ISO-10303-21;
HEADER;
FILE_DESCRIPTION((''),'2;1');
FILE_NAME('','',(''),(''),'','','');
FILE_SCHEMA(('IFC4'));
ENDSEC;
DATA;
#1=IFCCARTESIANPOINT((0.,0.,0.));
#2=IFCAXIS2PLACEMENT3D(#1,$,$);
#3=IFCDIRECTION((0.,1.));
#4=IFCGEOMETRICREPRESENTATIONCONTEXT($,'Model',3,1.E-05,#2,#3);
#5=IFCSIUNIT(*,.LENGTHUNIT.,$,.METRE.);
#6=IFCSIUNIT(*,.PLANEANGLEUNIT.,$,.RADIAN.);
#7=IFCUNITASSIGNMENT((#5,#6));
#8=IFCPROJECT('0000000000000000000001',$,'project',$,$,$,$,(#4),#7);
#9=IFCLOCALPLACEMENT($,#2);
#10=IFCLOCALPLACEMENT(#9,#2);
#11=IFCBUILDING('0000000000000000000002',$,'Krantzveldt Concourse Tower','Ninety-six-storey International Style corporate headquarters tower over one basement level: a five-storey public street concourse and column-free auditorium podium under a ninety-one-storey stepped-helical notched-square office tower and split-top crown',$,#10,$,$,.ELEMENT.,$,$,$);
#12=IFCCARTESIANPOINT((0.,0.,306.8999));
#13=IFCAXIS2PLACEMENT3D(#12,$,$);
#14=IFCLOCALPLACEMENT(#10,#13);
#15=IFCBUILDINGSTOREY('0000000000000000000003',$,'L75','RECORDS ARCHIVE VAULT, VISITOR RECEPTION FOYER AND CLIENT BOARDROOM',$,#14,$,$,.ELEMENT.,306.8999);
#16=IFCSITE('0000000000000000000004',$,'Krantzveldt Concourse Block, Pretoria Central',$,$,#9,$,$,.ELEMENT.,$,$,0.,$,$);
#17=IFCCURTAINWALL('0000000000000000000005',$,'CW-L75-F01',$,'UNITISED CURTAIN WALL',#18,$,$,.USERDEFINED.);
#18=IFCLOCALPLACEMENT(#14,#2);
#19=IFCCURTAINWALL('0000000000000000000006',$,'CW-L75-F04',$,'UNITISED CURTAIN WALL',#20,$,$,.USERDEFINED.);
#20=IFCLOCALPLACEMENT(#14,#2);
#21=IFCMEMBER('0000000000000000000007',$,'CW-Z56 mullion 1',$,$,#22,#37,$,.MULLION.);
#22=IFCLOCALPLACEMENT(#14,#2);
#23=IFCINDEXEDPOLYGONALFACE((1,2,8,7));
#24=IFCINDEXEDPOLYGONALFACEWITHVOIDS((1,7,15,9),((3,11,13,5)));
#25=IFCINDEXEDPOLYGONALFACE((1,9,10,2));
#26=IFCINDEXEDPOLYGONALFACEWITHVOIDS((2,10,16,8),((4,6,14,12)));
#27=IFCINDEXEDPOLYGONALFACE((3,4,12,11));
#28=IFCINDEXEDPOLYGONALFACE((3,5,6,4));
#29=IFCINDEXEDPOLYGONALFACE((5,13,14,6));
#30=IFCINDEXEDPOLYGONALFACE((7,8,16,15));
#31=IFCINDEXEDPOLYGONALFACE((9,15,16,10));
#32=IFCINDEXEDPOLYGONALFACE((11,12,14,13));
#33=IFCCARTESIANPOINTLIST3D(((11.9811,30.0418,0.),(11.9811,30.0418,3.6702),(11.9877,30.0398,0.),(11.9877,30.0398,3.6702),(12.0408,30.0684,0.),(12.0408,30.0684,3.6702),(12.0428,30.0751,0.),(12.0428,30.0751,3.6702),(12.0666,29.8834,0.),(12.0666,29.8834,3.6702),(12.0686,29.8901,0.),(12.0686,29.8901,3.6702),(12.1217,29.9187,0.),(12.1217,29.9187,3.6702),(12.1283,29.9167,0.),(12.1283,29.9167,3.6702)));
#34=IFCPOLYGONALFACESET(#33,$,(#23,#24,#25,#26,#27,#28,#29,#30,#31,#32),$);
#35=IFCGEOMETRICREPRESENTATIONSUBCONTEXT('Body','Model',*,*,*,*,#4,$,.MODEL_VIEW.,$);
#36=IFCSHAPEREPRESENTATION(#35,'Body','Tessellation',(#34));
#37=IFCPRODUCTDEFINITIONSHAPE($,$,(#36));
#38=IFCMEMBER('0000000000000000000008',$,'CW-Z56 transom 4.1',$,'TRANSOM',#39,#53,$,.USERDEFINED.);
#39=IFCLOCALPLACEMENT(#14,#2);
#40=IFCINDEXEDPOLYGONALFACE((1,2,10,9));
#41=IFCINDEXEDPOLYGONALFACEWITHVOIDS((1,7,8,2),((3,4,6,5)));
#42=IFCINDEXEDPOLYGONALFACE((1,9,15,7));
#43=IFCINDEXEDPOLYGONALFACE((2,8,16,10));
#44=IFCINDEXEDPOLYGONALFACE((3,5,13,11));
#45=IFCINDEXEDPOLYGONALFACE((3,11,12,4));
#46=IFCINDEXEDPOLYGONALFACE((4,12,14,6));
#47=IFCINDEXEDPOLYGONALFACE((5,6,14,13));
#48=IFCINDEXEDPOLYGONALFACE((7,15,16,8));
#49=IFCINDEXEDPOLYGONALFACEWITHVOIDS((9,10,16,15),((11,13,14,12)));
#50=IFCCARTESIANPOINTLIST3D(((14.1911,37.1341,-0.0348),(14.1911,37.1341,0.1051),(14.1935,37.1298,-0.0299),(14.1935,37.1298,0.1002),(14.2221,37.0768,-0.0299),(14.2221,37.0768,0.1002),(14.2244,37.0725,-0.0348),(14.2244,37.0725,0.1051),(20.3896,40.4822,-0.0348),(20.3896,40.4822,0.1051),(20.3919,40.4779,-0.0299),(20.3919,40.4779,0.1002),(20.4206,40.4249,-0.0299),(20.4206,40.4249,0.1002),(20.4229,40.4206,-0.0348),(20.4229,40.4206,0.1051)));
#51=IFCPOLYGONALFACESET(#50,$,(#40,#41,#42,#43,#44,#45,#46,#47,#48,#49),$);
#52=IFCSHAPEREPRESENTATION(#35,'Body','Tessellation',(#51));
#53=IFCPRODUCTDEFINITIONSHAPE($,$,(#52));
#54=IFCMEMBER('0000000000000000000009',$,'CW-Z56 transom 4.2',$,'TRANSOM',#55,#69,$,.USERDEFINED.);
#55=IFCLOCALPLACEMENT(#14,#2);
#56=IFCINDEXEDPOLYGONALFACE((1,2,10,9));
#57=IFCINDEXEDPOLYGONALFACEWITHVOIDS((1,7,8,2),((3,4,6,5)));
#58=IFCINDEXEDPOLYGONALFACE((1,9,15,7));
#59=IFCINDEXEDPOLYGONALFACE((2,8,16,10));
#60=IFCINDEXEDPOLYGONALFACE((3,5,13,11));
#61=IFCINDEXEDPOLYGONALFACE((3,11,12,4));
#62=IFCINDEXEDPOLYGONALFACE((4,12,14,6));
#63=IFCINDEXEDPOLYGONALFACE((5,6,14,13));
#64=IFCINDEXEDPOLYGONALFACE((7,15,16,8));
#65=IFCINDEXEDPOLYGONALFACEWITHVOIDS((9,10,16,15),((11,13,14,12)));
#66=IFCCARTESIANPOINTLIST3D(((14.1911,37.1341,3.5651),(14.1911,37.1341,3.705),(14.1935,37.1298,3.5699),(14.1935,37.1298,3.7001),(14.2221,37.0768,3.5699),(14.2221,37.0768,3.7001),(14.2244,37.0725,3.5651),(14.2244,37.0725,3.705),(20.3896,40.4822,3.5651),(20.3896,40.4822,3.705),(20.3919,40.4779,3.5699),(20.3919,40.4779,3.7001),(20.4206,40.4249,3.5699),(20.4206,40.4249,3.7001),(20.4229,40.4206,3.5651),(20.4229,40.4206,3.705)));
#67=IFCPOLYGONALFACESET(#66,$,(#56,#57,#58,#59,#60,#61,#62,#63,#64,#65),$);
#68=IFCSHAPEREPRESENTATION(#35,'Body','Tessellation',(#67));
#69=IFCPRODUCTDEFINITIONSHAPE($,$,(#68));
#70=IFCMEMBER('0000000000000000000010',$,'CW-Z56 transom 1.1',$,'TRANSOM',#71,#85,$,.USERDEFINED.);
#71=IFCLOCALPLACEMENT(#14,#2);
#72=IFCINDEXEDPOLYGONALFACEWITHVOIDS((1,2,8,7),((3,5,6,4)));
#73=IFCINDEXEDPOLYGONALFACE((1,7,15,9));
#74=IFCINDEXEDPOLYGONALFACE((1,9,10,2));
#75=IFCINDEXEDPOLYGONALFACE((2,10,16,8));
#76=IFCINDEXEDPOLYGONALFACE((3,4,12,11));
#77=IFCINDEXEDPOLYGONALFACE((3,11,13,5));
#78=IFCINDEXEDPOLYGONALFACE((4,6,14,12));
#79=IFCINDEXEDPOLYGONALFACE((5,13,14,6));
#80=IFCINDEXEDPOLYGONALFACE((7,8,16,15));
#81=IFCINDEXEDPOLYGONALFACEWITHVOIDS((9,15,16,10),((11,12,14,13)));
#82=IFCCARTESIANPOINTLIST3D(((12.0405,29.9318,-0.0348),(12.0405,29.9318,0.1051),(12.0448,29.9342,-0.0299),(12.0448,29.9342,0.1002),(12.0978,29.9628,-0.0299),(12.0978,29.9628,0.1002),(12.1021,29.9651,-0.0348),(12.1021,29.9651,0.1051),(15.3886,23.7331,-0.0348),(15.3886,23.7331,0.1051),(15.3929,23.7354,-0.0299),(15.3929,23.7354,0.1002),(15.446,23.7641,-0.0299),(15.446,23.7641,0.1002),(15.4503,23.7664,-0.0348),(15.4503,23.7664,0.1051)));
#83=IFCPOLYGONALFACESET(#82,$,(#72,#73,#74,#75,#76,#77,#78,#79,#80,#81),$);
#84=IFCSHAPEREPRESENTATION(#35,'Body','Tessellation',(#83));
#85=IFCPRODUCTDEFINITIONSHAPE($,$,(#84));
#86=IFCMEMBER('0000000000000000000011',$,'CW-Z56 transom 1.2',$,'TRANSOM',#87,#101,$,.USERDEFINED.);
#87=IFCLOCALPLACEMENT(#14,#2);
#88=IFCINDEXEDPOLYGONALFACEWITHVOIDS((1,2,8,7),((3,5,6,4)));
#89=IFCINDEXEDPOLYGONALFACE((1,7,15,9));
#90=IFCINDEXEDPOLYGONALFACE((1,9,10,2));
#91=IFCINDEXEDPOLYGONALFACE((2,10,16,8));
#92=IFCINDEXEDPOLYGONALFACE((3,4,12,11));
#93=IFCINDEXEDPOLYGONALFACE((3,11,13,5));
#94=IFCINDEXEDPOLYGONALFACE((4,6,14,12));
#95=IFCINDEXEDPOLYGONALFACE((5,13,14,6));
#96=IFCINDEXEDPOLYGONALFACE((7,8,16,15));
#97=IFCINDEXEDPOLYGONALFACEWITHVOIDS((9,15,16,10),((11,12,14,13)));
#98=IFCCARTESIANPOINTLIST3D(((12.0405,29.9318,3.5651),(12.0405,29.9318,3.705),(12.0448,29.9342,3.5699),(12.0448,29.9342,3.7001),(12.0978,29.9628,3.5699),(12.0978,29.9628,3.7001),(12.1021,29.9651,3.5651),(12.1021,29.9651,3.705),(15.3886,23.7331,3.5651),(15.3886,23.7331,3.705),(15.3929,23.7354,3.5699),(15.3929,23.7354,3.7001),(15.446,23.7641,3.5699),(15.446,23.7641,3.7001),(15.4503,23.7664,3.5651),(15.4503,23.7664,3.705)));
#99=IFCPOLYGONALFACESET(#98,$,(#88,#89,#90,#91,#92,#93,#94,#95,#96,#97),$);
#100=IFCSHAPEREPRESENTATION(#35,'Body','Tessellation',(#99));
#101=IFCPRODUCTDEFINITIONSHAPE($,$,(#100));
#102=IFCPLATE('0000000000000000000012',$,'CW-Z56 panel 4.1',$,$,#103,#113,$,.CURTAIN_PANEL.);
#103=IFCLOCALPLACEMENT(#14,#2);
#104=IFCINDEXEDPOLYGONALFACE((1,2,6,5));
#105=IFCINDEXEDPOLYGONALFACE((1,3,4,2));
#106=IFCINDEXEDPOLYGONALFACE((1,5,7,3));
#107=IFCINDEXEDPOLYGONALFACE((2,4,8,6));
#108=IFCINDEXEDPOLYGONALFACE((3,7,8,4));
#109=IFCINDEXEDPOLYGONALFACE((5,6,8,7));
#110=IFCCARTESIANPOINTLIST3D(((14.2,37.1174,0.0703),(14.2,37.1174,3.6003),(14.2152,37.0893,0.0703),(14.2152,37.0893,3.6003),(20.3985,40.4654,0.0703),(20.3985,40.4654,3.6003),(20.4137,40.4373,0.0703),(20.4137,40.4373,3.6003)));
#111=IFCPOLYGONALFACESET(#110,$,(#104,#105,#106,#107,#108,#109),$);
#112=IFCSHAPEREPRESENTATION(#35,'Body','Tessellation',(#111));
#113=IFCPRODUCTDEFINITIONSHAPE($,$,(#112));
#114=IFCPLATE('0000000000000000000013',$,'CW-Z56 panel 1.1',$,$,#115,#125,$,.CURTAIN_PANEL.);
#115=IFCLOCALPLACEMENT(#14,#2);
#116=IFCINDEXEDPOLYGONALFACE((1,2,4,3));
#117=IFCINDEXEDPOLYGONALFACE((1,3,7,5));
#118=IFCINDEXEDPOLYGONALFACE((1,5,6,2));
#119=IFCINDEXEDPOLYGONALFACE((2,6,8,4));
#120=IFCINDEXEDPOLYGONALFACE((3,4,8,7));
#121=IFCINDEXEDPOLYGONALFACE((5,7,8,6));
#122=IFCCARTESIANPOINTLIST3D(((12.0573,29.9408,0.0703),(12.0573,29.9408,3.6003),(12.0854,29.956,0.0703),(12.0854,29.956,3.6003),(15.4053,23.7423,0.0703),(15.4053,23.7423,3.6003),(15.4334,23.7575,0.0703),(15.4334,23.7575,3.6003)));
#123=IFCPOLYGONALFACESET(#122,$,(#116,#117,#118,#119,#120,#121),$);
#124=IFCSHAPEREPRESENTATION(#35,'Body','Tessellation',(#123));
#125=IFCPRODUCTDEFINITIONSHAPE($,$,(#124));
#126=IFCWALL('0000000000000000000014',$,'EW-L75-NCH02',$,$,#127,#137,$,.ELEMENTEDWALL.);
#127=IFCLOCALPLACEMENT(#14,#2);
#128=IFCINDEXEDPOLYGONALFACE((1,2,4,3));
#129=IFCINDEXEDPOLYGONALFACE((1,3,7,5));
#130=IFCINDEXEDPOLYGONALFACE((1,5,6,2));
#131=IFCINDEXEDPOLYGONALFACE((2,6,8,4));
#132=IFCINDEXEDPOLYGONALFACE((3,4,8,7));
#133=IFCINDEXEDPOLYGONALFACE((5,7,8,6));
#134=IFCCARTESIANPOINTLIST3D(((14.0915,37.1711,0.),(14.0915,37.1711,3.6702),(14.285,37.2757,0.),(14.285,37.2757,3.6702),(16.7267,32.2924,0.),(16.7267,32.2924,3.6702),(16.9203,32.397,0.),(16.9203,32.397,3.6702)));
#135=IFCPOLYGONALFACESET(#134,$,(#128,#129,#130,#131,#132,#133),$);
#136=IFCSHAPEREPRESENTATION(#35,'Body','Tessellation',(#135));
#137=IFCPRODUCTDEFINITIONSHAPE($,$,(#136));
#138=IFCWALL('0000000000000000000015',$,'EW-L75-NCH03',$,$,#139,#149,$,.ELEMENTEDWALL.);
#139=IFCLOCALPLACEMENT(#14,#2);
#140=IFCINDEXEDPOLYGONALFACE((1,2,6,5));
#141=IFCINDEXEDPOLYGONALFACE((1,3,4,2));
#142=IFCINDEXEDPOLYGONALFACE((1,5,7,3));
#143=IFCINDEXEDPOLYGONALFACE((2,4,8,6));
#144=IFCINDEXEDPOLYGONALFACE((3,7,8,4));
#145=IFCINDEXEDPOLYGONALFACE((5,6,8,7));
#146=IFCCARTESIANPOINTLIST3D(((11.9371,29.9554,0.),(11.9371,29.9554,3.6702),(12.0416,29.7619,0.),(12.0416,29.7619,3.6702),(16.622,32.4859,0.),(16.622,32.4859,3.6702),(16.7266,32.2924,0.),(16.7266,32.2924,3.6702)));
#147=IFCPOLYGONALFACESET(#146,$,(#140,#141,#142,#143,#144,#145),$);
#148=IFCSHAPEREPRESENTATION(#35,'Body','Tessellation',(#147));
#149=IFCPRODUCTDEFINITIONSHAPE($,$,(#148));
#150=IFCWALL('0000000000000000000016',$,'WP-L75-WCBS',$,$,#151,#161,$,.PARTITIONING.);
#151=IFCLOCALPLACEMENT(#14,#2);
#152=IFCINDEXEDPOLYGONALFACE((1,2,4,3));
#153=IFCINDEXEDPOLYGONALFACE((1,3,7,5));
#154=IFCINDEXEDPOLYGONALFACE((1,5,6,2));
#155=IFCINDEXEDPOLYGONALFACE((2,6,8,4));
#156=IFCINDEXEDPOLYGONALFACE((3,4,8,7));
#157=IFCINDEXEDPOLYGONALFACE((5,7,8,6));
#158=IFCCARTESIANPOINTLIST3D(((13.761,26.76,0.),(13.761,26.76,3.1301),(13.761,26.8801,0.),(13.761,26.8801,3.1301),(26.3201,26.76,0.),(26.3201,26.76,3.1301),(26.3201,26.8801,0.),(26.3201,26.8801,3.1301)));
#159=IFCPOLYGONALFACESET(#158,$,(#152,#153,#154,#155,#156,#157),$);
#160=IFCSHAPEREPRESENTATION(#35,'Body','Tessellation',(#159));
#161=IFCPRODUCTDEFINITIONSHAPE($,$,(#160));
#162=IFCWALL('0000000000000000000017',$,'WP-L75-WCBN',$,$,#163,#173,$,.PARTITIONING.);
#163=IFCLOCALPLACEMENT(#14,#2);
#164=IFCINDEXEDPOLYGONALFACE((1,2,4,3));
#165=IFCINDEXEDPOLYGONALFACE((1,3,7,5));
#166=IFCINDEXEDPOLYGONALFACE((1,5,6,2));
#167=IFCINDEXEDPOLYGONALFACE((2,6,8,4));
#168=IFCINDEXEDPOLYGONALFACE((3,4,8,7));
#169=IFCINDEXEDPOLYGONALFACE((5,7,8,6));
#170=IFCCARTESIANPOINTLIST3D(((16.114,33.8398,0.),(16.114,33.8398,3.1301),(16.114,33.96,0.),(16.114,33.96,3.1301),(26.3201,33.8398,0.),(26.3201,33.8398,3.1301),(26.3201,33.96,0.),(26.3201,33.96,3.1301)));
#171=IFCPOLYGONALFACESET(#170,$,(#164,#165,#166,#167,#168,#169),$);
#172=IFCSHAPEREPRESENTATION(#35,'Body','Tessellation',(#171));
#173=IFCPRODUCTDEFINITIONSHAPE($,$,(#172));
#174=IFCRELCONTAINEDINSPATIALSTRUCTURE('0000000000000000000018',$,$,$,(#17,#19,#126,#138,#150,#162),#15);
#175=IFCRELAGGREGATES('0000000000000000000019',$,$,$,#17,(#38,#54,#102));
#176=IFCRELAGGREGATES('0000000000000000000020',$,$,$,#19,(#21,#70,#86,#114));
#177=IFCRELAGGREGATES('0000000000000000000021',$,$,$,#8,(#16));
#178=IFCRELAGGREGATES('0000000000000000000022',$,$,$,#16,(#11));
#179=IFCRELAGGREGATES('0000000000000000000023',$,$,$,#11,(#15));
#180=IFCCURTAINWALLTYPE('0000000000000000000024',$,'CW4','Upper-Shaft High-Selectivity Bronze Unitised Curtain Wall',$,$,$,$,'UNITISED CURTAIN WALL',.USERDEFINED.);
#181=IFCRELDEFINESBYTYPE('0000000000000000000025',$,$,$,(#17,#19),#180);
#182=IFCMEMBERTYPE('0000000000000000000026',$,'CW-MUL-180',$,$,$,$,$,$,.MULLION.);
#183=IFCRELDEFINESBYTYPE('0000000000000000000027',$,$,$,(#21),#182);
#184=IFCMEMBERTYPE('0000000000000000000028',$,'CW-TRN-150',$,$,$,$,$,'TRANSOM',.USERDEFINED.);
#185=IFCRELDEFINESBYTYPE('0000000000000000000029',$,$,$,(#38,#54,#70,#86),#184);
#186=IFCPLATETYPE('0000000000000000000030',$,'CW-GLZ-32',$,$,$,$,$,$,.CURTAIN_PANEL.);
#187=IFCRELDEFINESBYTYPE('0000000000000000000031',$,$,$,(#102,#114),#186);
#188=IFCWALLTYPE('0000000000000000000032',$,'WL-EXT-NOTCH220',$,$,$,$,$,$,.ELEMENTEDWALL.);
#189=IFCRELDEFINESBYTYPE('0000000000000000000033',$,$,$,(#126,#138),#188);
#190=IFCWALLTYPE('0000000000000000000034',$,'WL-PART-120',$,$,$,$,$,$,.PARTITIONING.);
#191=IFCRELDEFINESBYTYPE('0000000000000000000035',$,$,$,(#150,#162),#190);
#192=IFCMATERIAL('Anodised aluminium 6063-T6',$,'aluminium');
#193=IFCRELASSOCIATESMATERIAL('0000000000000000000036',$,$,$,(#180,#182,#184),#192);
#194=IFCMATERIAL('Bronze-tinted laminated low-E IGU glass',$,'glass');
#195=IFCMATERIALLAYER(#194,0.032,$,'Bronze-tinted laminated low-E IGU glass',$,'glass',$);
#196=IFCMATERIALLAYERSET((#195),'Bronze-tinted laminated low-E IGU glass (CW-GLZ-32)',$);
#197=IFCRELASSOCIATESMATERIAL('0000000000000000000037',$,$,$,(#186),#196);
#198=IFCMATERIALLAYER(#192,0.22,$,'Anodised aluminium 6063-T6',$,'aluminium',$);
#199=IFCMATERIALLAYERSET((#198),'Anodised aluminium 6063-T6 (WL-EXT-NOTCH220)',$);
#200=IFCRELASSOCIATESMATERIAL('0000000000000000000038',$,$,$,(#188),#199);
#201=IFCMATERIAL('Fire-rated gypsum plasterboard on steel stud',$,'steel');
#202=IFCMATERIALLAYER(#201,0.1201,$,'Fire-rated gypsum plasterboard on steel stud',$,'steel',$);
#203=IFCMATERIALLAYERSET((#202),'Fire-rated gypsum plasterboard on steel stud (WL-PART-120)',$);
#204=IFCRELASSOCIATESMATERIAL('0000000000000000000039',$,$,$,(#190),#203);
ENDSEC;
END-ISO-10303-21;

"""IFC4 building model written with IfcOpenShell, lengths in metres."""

from ifc_helpers import new_model, si_unit, direction, frame, frame_2d, origin, origin_2d, place, context, subcontext, project, spatial, rectangle, hollow_rectangle, extrude, source, transform, mapped, material, layer, layer_set, material_profile, profile_set, type_object, type_shapes, element, aggregate, save


model = new_model("IFC4")

# Units and contexts
model_context = context("Model", 3, precision=1e-05, world=origin(), true_north=direction((0.0, 1.0)))
body_context = subcontext(model_context, "Body", "Model", "MODEL_VIEW")
ifc_project = project(units=[si_unit("LENGTHUNIT", "METRE"), si_unit("PLANEANGLEUNIT", "RADIAN")], contexts=[model_context])

# Site, building, storey
site_placement = place(None, origin())
site = spatial("IfcSite", under=ifc_project, at=site_placement, Name="Krantzveldt Concourse Block, Pretoria Central", CompositionType="ELEMENT", RefElevation=0.0)
building_placement = place(site_placement, origin())
building = spatial("IfcBuilding", under=site, at=building_placement, Name="Krantzveldt Concourse Tower", Description="Ninety-six-storey International Style corporate headquarters tower over one basement level: a five-storey public street concourse and column-free auditorium podium under a ninety-one-storey stepped-helical notched-square office tower and split-top crown", CompositionType="ELEMENT")
storey_placement = place(building_placement, frame((0.0, 0.0, 306.8999)))
storey = spatial("IfcBuildingStorey", under=building, at=storey_placement, Name="L75", Description="RECORDS ARCHIVE VAULT, VISITOR RECEPTION FOYER AND CLIENT BOARDROOM", CompositionType="ELEMENT", Elevation=306.8999)

# Curtain wall
ifc_material_1 = material(Name="Anodised aluminium 6063-T6", Category="aluminium")
curtain_wall_type = type_object("IfcCurtainWallType", Name="CW4", Description="Upper-Shaft High-Selectivity Bronze Unitised Curtain Wall", ElementType="UNITISED CURTAIN WALL", PredefinedType="USERDEFINED", material=ifc_material_1)
curtain_wall_1_placement = place(storey_placement, origin())
curtain_wall_1 = element("IfcCurtainWall", 1, at=curtain_wall_1_placement, inside=storey, type_object=curtain_wall_type, Name="CW-L75-F01", ObjectType="UNITISED CURTAIN WALL", PredefinedType="USERDEFINED")
ifc_material_profile_1 = material_profile(ifc_material_1, hollow_rectangle(XDim=0.0701, YDim=0.1799, WallThickness=0.0049, at=origin_2d()), Name="Anodised aluminium 6063-T6", Category="aluminium")
ifc_profile_set_1 = profile_set([ifc_material_profile_1], Name="Anodised aluminium 6063-T6 - ALU-MULL 180x70x5")
member_type_1 = type_object("IfcMemberType", Name="CW-MUL-180", PredefinedType="MULLION", material=ifc_profile_set_1)
shared_shape_1 = source(origin(), body_context, "Body", "SweptSolid", [
    extrude(hollow_rectangle(XDim=0.0701, YDim=0.1799, WallThickness=0.0049, at=origin_2d()), origin(), (0.0, 0.0, 1.0), 3.6702),
])
type_shapes(member_type_1, [shared_shape_1])

# Curtain wall, member
curtain_wall_2_placement = place(storey_placement, origin())
curtain_wall_2 = element("IfcCurtainWall", 2, at=curtain_wall_2_placement, inside=storey, type_object=curtain_wall_type, Name="CW-L75-F04", ObjectType="UNITISED CURTAIN WALL", PredefinedType="USERDEFINED")
member_1_placement = place(storey_placement, frame((12.0547, 29.9792, 0.0), z_axis=(0.0, 0.0, 1.0), x_axis=(0.879856, 0.47524, 0.0)))
member_1 = element("IfcMember", 3, at=member_1_placement, type_object=member_type_1, Name="CW-Z56 mullion 1", PredefinedType="MULLION", context=body_context, shape_type="MappedRepresentation", body=[
    mapped(shared_shape_1, transform((0.0, 0.0, 0.0), x_axis=(1.0, 0.0, 0.0), y_axis=(0.0, 1.0, 0.0), z_axis=(0.0, 0.0, 1.0), scale=1.0)),
])

# Members
ifc_material_profile_2 = material_profile(ifc_material_1, hollow_rectangle(XDim=0.0701, YDim=0.1399, WallThickness=0.0049, at=origin_2d()), Name="Anodised aluminium 6063-T6", Category="aluminium")
ifc_profile_set_2 = profile_set([ifc_material_profile_2], Name="Anodised aluminium 6063-T6 - ALU-TRAN 140x70x5")
member_type_2 = type_object("IfcMemberType", Name="CW-TRN-150", ElementType="TRANSOM", PredefinedType="USERDEFINED", material=ifc_profile_set_2)
shared_shape_2 = source(origin(), body_context, "Body", "SweptSolid", [
    extrude(hollow_rectangle(XDim=0.0701, YDim=0.1399, WallThickness=0.0049, at=origin_2d()), origin(), (0.0, 0.0, 1.0), 7.0449),
])
member_2_placement = place(storey_placement, frame((20.4062, 40.4514, 0.0352), z_axis=(-0.879848, -0.475255, 0.0), x_axis=(0.475255, -0.879848, 0.0)))
member_2 = element("IfcMember", 4, at=member_2_placement, type_object=member_type_2, Name="CW-Z56 transom 4.1", ObjectType="TRANSOM", PredefinedType="USERDEFINED", context=body_context, shape_type="MappedRepresentation", body=[
    mapped(shared_shape_2, transform((0.0, 0.0, 0.0), x_axis=(1.0, 0.0, 0.0), y_axis=(0.0, 1.0, 0.0), z_axis=(0.0, 0.0, 1.0), scale=1.0)),
])
member_3_placement = place(storey_placement, frame((20.4062, 40.4514, 3.635), z_axis=(-0.879848, -0.475255, 0.0), x_axis=(0.475255, -0.879848, 0.0)))
member_3 = element("IfcMember", 5, at=member_3_placement, type_object=member_type_2, Name="CW-Z56 transom 4.2", ObjectType="TRANSOM", PredefinedType="USERDEFINED", context=body_context, shape_type="MappedRepresentation", body=[
    mapped(shared_shape_2, transform((0.0, 0.0, 0.0), x_axis=(1.0, 0.0, 0.0), y_axis=(0.0, 1.0, 0.0), z_axis=(0.0, 0.0, 1.0), scale=1.0)),
])
shared_shape_3 = source(origin(), body_context, "Body", "SweptSolid", [
    extrude(hollow_rectangle(XDim=0.0701, YDim=0.1399, WallThickness=0.0049, at=origin_2d()), origin(), (0.0, 0.0, 1.0), 7.0452),
])
type_shapes(member_type_2, [shared_shape_2, shared_shape_3])
member_4_placement = place(storey_placement, frame((12.0713, 29.9485, 0.0352), z_axis=(0.47524, -0.879856, 0.0), x_axis=(0.879856, 0.47524, 0.0)))
member_4 = element("IfcMember", 6, at=member_4_placement, type_object=member_type_2, Name="CW-Z56 transom 1.1", ObjectType="TRANSOM", PredefinedType="USERDEFINED", context=body_context, shape_type="MappedRepresentation", body=[
    mapped(shared_shape_3, transform((0.0, 0.0, 0.0), x_axis=(1.0, 0.0, 0.0), y_axis=(0.0, 1.0, 0.0), z_axis=(0.0, 0.0, 1.0), scale=1.0)),
])
member_5_placement = place(storey_placement, frame((12.0713, 29.9485, 3.635), z_axis=(0.47524, -0.879856, 0.0), x_axis=(0.879856, 0.47524, 0.0)))
member_5 = element("IfcMember", 7, at=member_5_placement, type_object=member_type_2, Name="CW-Z56 transom 1.2", ObjectType="TRANSOM", PredefinedType="USERDEFINED", context=body_context, shape_type="MappedRepresentation", body=[
    mapped(shared_shape_3, transform((0.0, 0.0, 0.0), x_axis=(1.0, 0.0, 0.0), y_axis=(0.0, 1.0, 0.0), z_axis=(0.0, 0.0, 1.0), scale=1.0)),
])

# Plates
ifc_material_2 = material(Name="Bronze-tinted laminated low-E IGU glass", Category="glass")
ifc_layer_1 = layer(ifc_material_2, 0.032, Name="Bronze-tinted laminated low-E IGU glass", Category="glass")
ifc_layer_set_1 = layer_set([ifc_layer_1], Name="Bronze-tinted laminated low-E IGU glass (CW-GLZ-32)")
plate_type = type_object("IfcPlateType", Name="CW-GLZ-32", PredefinedType="CURTAIN_PANEL", material=ifc_layer_set_1)
shared_shape_4 = source(origin(), body_context, "Body", "SweptSolid", [
    extrude(rectangle(XDim=7.0449, YDim=0.032, at=origin_2d()), origin(), (0.0, 0.0, 1.0), 3.53),
])
type_shapes(plate_type, [shared_shape_4])
plate_1_placement = place(storey_placement, frame((17.3069, 38.7773, 0.0703), z_axis=(0.0, 0.0, 1.0), x_axis=(-0.879856, -0.47524, 0.0)))
plate_1 = element("IfcPlate", 8, at=plate_1_placement, type_object=plate_type, Name="CW-Z56 panel 4.1", PredefinedType="CURTAIN_PANEL", context=body_context, shape_type="MappedRepresentation", body=[
    mapped(shared_shape_4, transform((0.0, 0.0, 0.0), x_axis=(1.0, 0.0, 0.0), y_axis=(0.0, 1.0, 0.0), z_axis=(0.0, 0.0, 1.0), scale=1.0)),
])
aggregate(curtain_wall_1, [member_2, member_3, plate_1])
plate_2_placement = place(storey_placement, frame((13.7454, 26.8491, 0.0703), z_axis=(0.0, 0.0, 1.0), x_axis=(0.47524, -0.879856, 0.0)))
plate_2 = element("IfcPlate", 9, at=plate_2_placement, type_object=plate_type, Name="CW-Z56 panel 1.1", PredefinedType="CURTAIN_PANEL", context=body_context, shape_type="MappedRepresentation", body=[
    mapped(shared_shape_4, transform((0.0, 0.0, 0.0), x_axis=(1.0, 0.0, 0.0), y_axis=(0.0, 1.0, 0.0), z_axis=(0.0, 0.0, 1.0), scale=1.0)),
])
aggregate(curtain_wall_2, [member_1, member_4, member_5, plate_2])

# Walls
ifc_layer_2 = layer(ifc_material_1, 0.22, Name="Anodised aluminium 6063-T6", Category="aluminium")
ifc_layer_set_2 = layer_set([ifc_layer_2], Name="Anodised aluminium 6063-T6 (WL-EXT-NOTCH220)")
wall_type_1 = type_object("IfcWallType", Name="WL-EXT-NOTCH220", PredefinedType="ELEMENTEDWALL", material=ifc_layer_set_2)
wall_1_placement = place(storey_placement, frame((14.1882, 37.2234, 0.0), z_axis=(0.0, 0.0, 1.0), x_axis=(0.475257, -0.879847, 0.0)))
element("IfcWall", 10, at=wall_1_placement, inside=storey, type_object=wall_type_1, Name="EW-L75-NCH02", PredefinedType="ELEMENTEDWALL", context=body_context, shape_type="SweptSolid", body=[
    extrude(rectangle(XDim=5.5449, YDim=0.22, at=frame_2d((2.7725, 0.0))), origin(), (0.0, 0.0, 1.0), 3.6702),
])
wall_2_placement = place(storey_placement, frame((16.6743, 32.3892, 0.0), z_axis=(0.0, 0.0, 1.0), x_axis=(-0.879859, -0.475234, 0.0)))
element("IfcWall", 11, at=wall_2_placement, inside=storey, type_object=wall_type_1, Name="EW-L75-NCH03", PredefinedType="ELEMENTEDWALL", context=body_context, shape_type="SweptSolid", body=[
    extrude(rectangle(XDim=5.3247, YDim=0.22, at=frame_2d((2.6624, 0.0))), origin(), (0.0, 0.0, 1.0), 3.6702),
])
ifc_material_3 = material(Name="Fire-rated gypsum plasterboard on steel stud", Category="steel")
ifc_layer_3 = layer(ifc_material_3, 0.1201, Name="Fire-rated gypsum plasterboard on steel stud", Category="steel")
ifc_layer_set_3 = layer_set([ifc_layer_3], Name="Fire-rated gypsum plasterboard on steel stud (WL-PART-120)")
wall_type_2 = type_object("IfcWallType", Name="WL-PART-120", PredefinedType="PARTITIONING", material=ifc_layer_set_3)
wall_3_placement = place(storey_placement, frame((13.761, 26.8201, 0.0), z_axis=(0.0, 0.0, 1.0), x_axis=(1.0, 0.0, 0.0)))
element("IfcWall", 12, at=wall_3_placement, inside=storey, type_object=wall_type_2, Name="WP-L75-WCBS", PredefinedType="PARTITIONING", context=body_context, shape_type="SweptSolid", body=[
    extrude(rectangle(XDim=12.5591, YDim=0.1201, at=frame_2d((6.2795, 0.0))), origin(), (0.0, 0.0, 1.0), 3.1301),
])
wall_4_placement = place(storey_placement, frame((16.114, 33.8999, 0.0), z_axis=(0.0, 0.0, 1.0), x_axis=(1.0, 0.0, 0.0)))
element("IfcWall", 13, at=wall_4_placement, inside=storey, type_object=wall_type_2, Name="WP-L75-WCBN", PredefinedType="PARTITIONING", context=body_context, shape_type="SweptSolid", body=[
    extrude(rectangle(XDim=10.2061, YDim=0.1201, at=frame_2d((5.103, 0.0))), origin(), (0.0, 0.0, 1.0), 3.1301),
])

save(model, "model.ifc")
